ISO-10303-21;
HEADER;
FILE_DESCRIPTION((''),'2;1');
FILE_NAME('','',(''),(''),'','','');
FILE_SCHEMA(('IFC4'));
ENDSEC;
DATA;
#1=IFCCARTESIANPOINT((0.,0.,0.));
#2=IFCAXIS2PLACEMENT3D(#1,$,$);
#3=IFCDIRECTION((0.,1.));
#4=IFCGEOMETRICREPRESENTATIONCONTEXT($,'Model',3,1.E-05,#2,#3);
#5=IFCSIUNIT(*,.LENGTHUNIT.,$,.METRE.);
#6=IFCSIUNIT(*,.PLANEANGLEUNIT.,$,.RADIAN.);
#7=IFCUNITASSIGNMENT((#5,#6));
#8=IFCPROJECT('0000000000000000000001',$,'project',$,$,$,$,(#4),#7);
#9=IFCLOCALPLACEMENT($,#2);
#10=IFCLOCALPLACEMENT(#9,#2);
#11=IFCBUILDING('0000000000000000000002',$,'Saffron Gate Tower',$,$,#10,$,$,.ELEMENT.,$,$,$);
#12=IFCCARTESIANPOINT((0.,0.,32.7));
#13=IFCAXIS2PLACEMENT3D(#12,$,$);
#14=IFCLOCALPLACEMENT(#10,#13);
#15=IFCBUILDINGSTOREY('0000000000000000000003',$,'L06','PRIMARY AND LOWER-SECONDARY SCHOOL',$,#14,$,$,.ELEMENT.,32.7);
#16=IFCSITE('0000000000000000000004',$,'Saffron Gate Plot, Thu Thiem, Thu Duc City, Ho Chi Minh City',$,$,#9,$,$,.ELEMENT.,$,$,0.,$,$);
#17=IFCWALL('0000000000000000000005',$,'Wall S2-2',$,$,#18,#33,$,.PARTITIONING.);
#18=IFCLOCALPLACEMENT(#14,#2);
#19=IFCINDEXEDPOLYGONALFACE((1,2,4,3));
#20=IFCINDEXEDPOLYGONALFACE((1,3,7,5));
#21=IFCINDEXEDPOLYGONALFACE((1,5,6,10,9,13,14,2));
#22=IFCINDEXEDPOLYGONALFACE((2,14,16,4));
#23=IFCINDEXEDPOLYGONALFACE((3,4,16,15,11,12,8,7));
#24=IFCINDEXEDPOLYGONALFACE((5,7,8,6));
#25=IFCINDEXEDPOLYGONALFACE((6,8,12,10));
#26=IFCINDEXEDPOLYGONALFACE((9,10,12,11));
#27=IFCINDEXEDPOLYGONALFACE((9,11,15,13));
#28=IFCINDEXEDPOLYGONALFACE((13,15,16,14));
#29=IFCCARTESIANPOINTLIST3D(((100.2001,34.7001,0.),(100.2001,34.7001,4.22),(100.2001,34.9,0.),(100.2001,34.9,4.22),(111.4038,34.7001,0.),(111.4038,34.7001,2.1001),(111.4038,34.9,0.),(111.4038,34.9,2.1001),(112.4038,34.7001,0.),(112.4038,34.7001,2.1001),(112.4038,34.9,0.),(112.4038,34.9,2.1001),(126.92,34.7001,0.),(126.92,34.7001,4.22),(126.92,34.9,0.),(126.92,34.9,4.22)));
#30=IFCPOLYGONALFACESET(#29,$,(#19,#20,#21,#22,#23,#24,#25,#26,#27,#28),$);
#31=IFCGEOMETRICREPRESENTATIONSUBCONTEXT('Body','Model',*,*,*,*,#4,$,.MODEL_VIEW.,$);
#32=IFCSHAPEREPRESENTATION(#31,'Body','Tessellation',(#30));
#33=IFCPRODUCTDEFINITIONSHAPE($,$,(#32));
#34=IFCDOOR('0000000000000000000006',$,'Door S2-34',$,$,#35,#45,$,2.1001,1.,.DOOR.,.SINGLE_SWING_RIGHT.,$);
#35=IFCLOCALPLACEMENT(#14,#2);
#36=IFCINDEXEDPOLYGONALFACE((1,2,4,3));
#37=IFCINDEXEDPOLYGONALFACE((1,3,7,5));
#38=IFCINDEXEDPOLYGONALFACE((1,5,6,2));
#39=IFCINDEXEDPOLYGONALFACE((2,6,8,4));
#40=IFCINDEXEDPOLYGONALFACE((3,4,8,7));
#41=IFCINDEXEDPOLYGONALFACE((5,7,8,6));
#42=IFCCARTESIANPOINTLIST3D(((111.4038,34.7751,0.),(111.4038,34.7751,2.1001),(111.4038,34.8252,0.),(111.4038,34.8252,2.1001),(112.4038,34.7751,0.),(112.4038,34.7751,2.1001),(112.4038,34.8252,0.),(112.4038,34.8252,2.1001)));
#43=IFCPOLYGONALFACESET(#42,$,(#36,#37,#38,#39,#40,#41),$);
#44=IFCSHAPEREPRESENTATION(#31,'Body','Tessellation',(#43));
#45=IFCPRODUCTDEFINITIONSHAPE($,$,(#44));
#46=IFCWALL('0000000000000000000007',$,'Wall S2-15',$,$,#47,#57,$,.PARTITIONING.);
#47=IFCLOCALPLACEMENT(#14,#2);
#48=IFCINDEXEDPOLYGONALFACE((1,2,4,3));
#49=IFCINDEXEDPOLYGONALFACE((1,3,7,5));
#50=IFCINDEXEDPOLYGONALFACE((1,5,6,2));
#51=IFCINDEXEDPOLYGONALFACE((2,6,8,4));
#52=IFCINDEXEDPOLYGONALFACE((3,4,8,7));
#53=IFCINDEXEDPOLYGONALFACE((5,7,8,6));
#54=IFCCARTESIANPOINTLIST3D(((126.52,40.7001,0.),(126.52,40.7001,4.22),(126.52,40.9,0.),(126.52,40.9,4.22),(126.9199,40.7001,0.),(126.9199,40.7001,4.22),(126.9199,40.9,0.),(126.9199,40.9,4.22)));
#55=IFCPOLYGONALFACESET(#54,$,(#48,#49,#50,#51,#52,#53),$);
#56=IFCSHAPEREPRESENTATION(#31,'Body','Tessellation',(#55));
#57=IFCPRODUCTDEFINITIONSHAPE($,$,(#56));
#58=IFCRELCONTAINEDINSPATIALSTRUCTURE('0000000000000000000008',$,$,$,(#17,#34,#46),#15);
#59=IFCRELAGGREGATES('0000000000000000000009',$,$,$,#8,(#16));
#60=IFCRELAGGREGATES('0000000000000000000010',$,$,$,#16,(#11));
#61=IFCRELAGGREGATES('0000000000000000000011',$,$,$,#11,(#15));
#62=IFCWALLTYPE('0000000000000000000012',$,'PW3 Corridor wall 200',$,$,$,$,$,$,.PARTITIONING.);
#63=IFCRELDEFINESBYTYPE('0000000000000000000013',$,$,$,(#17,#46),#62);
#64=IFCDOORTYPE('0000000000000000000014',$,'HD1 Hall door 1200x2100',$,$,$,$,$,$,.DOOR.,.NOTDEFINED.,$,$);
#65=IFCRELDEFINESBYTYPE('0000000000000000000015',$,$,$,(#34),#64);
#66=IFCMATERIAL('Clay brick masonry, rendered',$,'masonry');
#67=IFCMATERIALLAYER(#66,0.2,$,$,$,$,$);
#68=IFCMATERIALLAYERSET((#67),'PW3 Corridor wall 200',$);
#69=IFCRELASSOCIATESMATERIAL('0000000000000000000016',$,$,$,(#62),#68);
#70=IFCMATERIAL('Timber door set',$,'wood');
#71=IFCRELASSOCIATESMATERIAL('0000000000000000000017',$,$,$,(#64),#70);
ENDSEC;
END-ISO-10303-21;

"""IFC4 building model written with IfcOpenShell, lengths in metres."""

from ifc_helpers import new_model, si_unit, direction, frame, frame_2d, origin, place, context, subcontext, project, spatial, rectangle, extrude, material, layer, layer_set, type_object, element, fill, save


model = new_model("IFC4")

# Units and contexts
model_context = context("Model", 3, precision=1e-05, world=origin(), true_north=direction((0.0, 1.0)))
body_context = subcontext(model_context, "Body", "Model", "MODEL_VIEW")
ifc_project = project(units=[si_unit("LENGTHUNIT", "METRE"), si_unit("PLANEANGLEUNIT", "RADIAN")], contexts=[model_context])

# Site, building, storey
site_placement = place(None, origin())
site = spatial("IfcSite", under=ifc_project, at=site_placement, Name="Saffron Gate Plot, Thu Thiem, Thu Duc City, Ho Chi Minh City", CompositionType="ELEMENT", RefElevation=0.0)
building_placement = place(site_placement, origin())
building = spatial("IfcBuilding", under=site, at=building_placement, Name="Saffron Gate Tower", CompositionType="ELEMENT")
storey_placement = place(building_placement, frame((0.0, 0.0, 32.7)))
storey = spatial("IfcBuildingStorey", under=building, at=storey_placement, Name="L06", Description="PRIMARY AND LOWER-SECONDARY SCHOOL", CompositionType="ELEMENT", Elevation=32.7)

# Wall, opening, door
ifc_material_1 = material(Name="Clay brick masonry, rendered", Category="masonry")
ifc_layer_1 = layer(ifc_material_1, 0.2)
ifc_layer_set_1 = layer_set([ifc_layer_1], Name="PW3 Corridor wall 200")
wall_type = type_object("IfcWallType", Name="PW3 Corridor wall 200", PredefinedType="PARTITIONING", material=ifc_layer_set_1)
wall_1_placement = place(storey_placement, frame((126.9199, 34.8, 0.0), z_axis=(0.0, 0.0, 1.0), x_axis=(-1.0, 0.0, 0.0)))
wall_1 = element("IfcWall", 1, at=wall_1_placement, inside=storey, type_object=wall_type, Name="Wall S2-2", PredefinedType="PARTITIONING", context=body_context, shape_type="SweptSolid", body=[
    extrude(rectangle(XDim=26.72, YDim=0.2, at=frame_2d((13.3599, 0.0))), origin(), (0.0, 0.0, 1.0), 4.22),
])
opening_1_placement = place(wall_1_placement, frame((14.5161, 0.0, 0.0)))
opening_1 = element("IfcOpeningElement", 2, at=opening_1_placement, cuts=wall_1, PredefinedType="OPENING", context=body_context, shape_type="SweptSolid", body=[
    extrude(rectangle(XDim=1.0, YDim=2.1001, at=frame_2d((0.5, 1.05))), frame((0.0, 0.1099, 0.0), z_axis=(0.0, -1.0, 0.0), x_axis=(1.0, 0.0, 0.0)), (0.0, 0.0, 1.0), 0.22),
])
ifc_material_2 = material(Name="Timber door set", Category="wood")
door_type = type_object("IfcDoorType", Name="HD1 Hall door 1200x2100", OperationType="NOTDEFINED", PredefinedType="DOOR", material=ifc_material_2)
door_placement = place(opening_1_placement, origin())
door = element("IfcDoor", 3, at=door_placement, inside=storey, type_object=door_type, Name="Door S2-34", OperationType="SINGLE_SWING_RIGHT", OverallHeight=2.1001, OverallWidth=1.0, PredefinedType="DOOR", context=body_context, shape_type="SweptSolid", body=[
    extrude(rectangle(XDim=1.0, YDim=2.1001, at=frame_2d((0.5, 1.05))), frame((0.0, 0.0249, 0.0), z_axis=(0.0, -1.0, 0.0), x_axis=(1.0, 0.0, 0.0)), (0.0, 0.0, 1.0), 0.05),
])
fill(opening_1, door)

# Wall
wall_2_placement = place(storey_placement, frame((126.52, 40.8, 0.0), z_axis=(0.0, 0.0, 1.0), x_axis=(1.0, 0.0, 0.0)))
element("IfcWall", 4, at=wall_2_placement, inside=storey, type_object=wall_type, Name="Wall S2-15", PredefinedType="PARTITIONING", context=body_context, shape_type="SweptSolid", body=[
    extrude(rectangle(XDim=0.3999, YDim=0.2, at=frame_2d((0.2, 0.0))), origin(), (0.0, 0.0, 1.0), 4.22),
])

save(model, "model.ifc")
